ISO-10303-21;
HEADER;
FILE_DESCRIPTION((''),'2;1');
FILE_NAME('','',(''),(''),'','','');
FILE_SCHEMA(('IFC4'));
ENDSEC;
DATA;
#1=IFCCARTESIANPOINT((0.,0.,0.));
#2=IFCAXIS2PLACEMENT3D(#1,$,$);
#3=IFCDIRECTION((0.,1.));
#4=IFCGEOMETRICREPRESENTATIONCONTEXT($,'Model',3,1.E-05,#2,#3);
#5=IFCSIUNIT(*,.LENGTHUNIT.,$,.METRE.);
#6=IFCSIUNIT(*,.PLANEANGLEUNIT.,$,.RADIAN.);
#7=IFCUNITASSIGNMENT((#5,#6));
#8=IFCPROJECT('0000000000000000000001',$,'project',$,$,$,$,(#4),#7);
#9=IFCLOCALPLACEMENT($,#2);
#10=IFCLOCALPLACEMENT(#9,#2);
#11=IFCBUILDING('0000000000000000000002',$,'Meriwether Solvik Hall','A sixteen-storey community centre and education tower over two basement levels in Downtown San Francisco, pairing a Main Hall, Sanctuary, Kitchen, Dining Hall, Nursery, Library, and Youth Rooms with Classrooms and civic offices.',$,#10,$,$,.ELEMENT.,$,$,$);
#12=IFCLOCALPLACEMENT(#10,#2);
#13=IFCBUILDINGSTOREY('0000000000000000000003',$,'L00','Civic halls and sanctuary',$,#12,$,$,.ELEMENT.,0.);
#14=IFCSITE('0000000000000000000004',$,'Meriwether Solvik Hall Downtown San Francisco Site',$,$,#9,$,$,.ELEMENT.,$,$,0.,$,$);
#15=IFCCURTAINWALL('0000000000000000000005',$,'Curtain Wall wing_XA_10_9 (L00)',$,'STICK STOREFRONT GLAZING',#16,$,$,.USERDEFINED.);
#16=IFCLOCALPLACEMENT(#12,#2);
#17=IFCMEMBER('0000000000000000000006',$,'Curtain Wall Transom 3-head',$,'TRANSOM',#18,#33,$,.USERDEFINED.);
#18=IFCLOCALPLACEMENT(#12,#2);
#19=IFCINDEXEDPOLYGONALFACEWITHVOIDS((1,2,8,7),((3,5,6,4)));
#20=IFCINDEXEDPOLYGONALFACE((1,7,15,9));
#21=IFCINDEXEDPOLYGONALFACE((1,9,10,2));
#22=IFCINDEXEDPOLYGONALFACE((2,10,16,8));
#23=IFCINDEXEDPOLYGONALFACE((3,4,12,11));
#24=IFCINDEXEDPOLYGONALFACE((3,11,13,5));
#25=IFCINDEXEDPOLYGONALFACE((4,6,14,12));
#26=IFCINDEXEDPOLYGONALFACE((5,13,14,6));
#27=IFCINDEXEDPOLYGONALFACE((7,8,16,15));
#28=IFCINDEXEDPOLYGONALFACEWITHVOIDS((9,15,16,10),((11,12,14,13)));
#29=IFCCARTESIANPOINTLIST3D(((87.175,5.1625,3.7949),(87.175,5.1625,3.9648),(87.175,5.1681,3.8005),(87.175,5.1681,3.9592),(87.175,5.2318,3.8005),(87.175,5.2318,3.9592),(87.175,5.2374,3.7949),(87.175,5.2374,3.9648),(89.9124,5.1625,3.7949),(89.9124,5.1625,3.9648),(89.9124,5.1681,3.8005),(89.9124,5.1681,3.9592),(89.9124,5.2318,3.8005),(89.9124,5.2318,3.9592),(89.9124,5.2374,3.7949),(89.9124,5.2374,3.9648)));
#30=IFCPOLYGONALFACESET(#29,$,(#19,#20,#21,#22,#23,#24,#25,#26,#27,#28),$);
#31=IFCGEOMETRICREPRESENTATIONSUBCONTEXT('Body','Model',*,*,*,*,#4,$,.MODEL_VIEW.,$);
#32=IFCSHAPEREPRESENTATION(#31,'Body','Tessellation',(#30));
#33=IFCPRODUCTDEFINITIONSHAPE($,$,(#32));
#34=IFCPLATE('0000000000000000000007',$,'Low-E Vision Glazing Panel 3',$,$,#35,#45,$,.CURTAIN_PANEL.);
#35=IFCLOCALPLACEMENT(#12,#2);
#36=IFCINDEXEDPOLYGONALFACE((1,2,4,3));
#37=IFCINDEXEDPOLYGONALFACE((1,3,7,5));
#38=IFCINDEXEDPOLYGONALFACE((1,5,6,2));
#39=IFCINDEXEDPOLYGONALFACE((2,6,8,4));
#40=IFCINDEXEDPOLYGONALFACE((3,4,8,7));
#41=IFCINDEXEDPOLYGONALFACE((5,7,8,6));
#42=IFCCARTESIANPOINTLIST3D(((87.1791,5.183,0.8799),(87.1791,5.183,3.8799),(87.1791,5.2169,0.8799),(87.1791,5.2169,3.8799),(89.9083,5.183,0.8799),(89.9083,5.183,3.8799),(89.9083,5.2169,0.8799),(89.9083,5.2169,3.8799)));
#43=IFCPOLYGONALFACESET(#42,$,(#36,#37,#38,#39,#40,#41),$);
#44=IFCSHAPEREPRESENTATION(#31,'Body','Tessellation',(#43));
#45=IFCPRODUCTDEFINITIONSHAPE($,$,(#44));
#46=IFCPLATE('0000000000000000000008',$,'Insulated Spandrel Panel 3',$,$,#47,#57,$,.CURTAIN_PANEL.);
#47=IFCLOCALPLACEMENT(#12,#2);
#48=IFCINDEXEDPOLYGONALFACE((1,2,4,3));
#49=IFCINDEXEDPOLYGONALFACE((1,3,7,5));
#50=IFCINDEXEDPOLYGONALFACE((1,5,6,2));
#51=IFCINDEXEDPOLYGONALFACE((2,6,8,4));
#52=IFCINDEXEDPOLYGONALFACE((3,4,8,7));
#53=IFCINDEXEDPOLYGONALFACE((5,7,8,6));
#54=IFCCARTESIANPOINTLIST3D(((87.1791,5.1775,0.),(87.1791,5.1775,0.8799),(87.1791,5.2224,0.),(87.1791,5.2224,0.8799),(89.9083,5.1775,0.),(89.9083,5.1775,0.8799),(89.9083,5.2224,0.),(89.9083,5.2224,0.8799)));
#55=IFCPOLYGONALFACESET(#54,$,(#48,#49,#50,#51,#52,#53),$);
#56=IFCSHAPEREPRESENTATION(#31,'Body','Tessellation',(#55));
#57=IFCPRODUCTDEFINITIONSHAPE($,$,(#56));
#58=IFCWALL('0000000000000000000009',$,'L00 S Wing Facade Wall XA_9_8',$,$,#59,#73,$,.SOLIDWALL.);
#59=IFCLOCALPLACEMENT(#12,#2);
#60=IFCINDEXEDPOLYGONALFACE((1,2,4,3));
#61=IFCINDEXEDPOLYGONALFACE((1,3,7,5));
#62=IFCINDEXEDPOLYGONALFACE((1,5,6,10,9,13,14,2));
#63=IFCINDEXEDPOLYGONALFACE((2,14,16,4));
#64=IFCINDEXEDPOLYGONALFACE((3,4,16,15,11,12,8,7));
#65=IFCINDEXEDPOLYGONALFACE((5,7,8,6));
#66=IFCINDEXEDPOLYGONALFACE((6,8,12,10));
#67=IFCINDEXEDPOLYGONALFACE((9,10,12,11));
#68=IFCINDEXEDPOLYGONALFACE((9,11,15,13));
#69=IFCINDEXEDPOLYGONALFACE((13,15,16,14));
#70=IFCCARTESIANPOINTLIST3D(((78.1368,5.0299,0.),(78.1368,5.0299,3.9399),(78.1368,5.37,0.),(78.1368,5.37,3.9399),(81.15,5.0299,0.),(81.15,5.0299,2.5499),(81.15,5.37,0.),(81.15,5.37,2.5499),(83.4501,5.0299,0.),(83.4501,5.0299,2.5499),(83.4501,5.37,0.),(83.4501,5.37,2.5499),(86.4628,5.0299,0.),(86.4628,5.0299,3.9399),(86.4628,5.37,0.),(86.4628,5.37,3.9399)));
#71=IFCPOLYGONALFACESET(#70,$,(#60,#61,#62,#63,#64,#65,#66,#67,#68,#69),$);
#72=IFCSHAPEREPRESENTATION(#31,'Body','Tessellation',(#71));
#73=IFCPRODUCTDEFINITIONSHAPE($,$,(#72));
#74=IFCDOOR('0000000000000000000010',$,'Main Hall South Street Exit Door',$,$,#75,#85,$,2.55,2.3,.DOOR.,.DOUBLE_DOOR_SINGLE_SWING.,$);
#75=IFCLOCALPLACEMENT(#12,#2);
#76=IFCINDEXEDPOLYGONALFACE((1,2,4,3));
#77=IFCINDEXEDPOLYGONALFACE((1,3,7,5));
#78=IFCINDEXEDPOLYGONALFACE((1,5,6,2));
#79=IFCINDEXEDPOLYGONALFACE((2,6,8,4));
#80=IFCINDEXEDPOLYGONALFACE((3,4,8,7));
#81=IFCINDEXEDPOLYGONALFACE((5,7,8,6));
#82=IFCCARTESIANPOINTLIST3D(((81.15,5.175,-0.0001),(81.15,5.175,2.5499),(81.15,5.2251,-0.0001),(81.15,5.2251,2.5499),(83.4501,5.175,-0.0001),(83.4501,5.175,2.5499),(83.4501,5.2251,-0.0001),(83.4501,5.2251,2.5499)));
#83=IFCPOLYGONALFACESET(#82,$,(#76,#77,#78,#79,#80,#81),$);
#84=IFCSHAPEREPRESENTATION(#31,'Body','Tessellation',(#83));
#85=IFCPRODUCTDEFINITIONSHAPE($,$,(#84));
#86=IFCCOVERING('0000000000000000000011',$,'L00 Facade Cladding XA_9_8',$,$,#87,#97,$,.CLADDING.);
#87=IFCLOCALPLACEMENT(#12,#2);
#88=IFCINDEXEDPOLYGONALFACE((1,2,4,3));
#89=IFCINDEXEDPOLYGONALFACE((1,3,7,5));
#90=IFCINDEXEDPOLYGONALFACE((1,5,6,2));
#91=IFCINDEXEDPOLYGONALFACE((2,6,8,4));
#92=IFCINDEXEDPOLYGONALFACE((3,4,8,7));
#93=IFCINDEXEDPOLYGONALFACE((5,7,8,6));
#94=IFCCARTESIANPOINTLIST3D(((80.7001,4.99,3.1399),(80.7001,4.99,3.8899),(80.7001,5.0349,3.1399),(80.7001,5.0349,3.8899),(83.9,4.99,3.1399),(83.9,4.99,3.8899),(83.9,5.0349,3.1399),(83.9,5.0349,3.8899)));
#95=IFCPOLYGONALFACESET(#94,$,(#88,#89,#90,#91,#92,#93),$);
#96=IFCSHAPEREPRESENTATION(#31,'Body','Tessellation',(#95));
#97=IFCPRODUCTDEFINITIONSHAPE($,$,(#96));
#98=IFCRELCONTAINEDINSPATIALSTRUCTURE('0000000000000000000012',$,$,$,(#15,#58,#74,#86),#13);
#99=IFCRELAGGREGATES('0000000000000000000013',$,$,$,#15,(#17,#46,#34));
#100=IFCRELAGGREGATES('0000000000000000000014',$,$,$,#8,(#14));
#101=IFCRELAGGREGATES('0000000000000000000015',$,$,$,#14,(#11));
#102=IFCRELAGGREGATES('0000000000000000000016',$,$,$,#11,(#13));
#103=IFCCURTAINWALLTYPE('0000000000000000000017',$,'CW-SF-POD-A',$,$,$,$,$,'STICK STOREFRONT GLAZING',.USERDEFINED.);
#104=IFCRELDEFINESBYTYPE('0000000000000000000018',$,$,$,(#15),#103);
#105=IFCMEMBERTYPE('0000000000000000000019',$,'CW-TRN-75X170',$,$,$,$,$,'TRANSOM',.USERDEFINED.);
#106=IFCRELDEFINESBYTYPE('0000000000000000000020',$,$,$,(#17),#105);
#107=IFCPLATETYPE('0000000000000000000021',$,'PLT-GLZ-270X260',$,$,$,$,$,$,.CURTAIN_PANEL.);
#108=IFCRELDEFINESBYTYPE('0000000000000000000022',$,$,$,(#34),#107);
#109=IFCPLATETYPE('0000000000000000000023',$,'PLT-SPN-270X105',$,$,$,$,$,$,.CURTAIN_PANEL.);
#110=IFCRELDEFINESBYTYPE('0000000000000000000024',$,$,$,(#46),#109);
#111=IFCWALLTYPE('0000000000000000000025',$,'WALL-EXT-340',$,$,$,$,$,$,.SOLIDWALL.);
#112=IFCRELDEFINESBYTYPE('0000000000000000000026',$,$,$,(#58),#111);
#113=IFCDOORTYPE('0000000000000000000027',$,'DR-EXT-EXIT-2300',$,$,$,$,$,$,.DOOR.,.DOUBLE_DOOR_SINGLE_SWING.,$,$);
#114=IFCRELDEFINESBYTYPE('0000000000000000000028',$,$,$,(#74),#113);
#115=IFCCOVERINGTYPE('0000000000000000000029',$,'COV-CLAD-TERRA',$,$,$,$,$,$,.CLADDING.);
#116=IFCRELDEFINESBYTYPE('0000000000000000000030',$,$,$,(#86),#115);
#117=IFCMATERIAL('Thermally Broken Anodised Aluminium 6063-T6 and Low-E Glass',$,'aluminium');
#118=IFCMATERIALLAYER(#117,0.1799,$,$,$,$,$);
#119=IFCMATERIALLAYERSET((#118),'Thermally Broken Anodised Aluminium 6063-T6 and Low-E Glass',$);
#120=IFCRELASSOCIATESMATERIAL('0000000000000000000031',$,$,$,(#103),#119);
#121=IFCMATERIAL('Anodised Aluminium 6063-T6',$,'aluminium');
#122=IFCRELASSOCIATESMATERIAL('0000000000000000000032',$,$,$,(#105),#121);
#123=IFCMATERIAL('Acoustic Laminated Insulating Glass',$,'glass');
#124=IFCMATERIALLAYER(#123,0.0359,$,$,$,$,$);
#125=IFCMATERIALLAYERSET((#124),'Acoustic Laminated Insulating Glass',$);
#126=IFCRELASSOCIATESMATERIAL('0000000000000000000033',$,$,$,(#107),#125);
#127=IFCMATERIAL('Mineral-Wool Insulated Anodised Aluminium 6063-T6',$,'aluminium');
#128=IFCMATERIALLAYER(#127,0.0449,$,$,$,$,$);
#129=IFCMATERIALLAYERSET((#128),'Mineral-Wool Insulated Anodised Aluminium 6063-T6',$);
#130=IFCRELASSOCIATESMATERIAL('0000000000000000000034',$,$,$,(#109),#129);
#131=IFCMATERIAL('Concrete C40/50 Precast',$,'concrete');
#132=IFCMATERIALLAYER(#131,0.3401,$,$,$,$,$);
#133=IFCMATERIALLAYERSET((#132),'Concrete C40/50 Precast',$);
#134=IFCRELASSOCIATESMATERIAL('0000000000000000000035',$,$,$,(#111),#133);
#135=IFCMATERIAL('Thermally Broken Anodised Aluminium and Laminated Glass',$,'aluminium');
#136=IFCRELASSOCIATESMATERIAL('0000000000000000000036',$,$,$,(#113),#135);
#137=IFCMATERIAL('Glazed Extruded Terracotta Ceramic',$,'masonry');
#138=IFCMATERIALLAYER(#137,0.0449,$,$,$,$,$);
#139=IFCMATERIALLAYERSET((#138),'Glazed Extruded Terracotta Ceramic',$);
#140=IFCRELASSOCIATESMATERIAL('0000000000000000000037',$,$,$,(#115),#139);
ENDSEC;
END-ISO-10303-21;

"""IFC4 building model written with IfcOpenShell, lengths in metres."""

from ifc_helpers import new_model, si_unit, direction, frame, frame_2d, origin, origin_2d, place, context, subcontext, project, spatial, rectangle, hollow_rectangle, extrude, material, layer, layer_set, material_profile, profile_set, type_object, element, fill, aggregate, save


model = new_model("IFC4")

# Units and contexts
model_context = context("Model", 3, precision=1e-05, world=origin(), true_north=direction((0.0, 1.0)))
body_context = subcontext(model_context, "Body", "Model", "MODEL_VIEW")
ifc_project = project(units=[si_unit("LENGTHUNIT", "METRE"), si_unit("PLANEANGLEUNIT", "RADIAN")], contexts=[model_context])

# Site, building, storey
site_placement = place(None, origin())
site = spatial("IfcSite", under=ifc_project, at=site_placement, Name="Meriwether Solvik Hall Downtown San Francisco Site", CompositionType="ELEMENT", RefElevation=0.0)
building_placement = place(site_placement, origin())
building = spatial("IfcBuilding", under=site, at=building_placement, Name="Meriwether Solvik Hall", Description="A sixteen-storey community centre and education tower over two basement levels in Downtown San Francisco, pairing a Main Hall, Sanctuary, Kitchen, Dining Hall, Nursery, Library, and Youth Rooms with Classrooms and civic offices.", CompositionType="ELEMENT")
storey_placement = place(building_placement, origin())
storey = spatial("IfcBuildingStorey", under=building, at=storey_placement, Name="L00", Description="Civic halls and sanctuary", CompositionType="ELEMENT", Elevation=0.0)

# Curtain wall, member, plates
ifc_material_1 = material(Name="Thermally Broken Anodised Aluminium 6063-T6 and Low-E Glass", Category="aluminium")
ifc_layer_1 = layer(ifc_material_1, 0.1799)
ifc_layer_set_1 = layer_set([ifc_layer_1], Name="Thermally Broken Anodised Aluminium 6063-T6 and Low-E Glass")
curtain_wall_type = type_object("IfcCurtainWallType", Name="CW-SF-POD-A", ElementType="STICK STOREFRONT GLAZING", PredefinedType="USERDEFINED", material=ifc_layer_set_1)
curtain_wall_placement = place(storey_placement, origin())
curtain_wall = element("IfcCurtainWall", 1, at=curtain_wall_placement, inside=storey, type_object=curtain_wall_type, Name="Curtain Wall wing_XA_10_9 (L00)", ObjectType="STICK STOREFRONT GLAZING", PredefinedType="USERDEFINED")
ifc_material_2 = material(Name="Anodised Aluminium 6063-T6", Category="aluminium")
ifc_material_profile_1 = material_profile(ifc_material_2, hollow_rectangle(XDim=0.075, YDim=0.1699, WallThickness=0.0056, at=origin_2d()), Name="CWT-75X170")
ifc_profile_set_1 = profile_set([ifc_material_profile_1], Name="Anodised Aluminium 6063-T6")
member_type_1 = type_object("IfcMemberType", Name="CW-TRN-75X170", ElementType="TRANSOM", PredefinedType="USERDEFINED", material=ifc_profile_set_1)
member_1_placement = place(storey_placement, frame((89.9124, 5.2, 3.8799), z_axis=(-1.0, 0.0, 0.0), x_axis=(0.0, -1.0, 0.0)))
member_1 = element("IfcMember", 2, at=member_1_placement, type_object=member_type_1, Name="Curtain Wall Transom 3-head", ObjectType="TRANSOM", PredefinedType="USERDEFINED", context=body_context, shape_type="SweptSolid", body=[
    extrude(hollow_rectangle(XDim=0.075, YDim=0.1699, WallThickness=0.0056, at=origin_2d()), origin(), (0.0, 0.0, 1.0), 2.7373),
])
ifc_material_3 = material(Name="Acoustic Laminated Insulating Glass", Category="glass")
ifc_layer_2 = layer(ifc_material_3, 0.0359)
ifc_layer_set_2 = layer_set([ifc_layer_2], Name="Acoustic Laminated Insulating Glass")
plate_type_1 = type_object("IfcPlateType", Name="PLT-GLZ-270X260", PredefinedType="CURTAIN_PANEL", material=ifc_layer_set_2)
plate_1_placement = place(storey_placement, frame((88.5437, 5.2, 0.8799), z_axis=(0.0, 0.0, 1.0), x_axis=(-1.0, 0.0, 0.0)))
plate_1 = element("IfcPlate", 3, at=plate_1_placement, type_object=plate_type_1, Name="Low-E Vision Glazing Panel 3", PredefinedType="CURTAIN_PANEL", context=body_context, shape_type="SweptSolid", body=[
    extrude(rectangle(XDim=2.7292, YDim=0.0339, at=origin_2d()), origin(), (0.0, 0.0, 1.0), 3.0),
])
ifc_material_4 = material(Name="Mineral-Wool Insulated Anodised Aluminium 6063-T6", Category="aluminium")
ifc_layer_3 = layer(ifc_material_4, 0.0449)
ifc_layer_set_3 = layer_set([ifc_layer_3], Name="Mineral-Wool Insulated Anodised Aluminium 6063-T6")
plate_type_2 = type_object("IfcPlateType", Name="PLT-SPN-270X105", PredefinedType="CURTAIN_PANEL", material=ifc_layer_set_3)
plate_2_placement = place(storey_placement, frame((88.5437, 5.2, 0.0), z_axis=(0.0, 0.0, 1.0), x_axis=(-1.0, 0.0, 0.0)))
plate_2 = element("IfcPlate", 4, at=plate_2_placement, type_object=plate_type_2, Name="Insulated Spandrel Panel 3", PredefinedType="CURTAIN_PANEL", context=body_context, shape_type="SweptSolid", body=[
    extrude(rectangle(XDim=2.7292, YDim=0.0449, at=origin_2d()), origin(), (0.0, 0.0, 1.0), 0.8799),
])
aggregate(curtain_wall, [member_1, plate_2, plate_1])

# Wall, opening, door
ifc_material_5 = material(Name="Concrete C40/50 Precast", Category="concrete")
ifc_layer_4 = layer(ifc_material_5, 0.3401)
ifc_layer_set_4 = layer_set([ifc_layer_4], Name="Concrete C40/50 Precast")
wall_type = type_object("IfcWallType", Name="WALL-EXT-340", PredefinedType="SOLIDWALL", material=ifc_layer_set_4)
wall_placement = place(storey_placement, frame((86.4629, 5.2, 0.0), z_axis=(0.0, 0.0, 1.0), x_axis=(-1.0, 0.0, 0.0)))
wall = element("IfcWall", 5, at=wall_placement, inside=storey, type_object=wall_type, Name="L00 S Wing Facade Wall XA_9_8", PredefinedType="SOLIDWALL", context=body_context, shape_type="SweptSolid", body=[
    extrude(rectangle(XDim=8.3259, YDim=0.3401, at=frame_2d((4.1631, 0.0))), origin(), (0.0, 0.0, 1.0), 3.9399),
])
opening_placement = place(wall_placement, frame((3.0129, 0.0, 0.0)))
opening = element("IfcOpeningElement", 6, at=opening_placement, cuts=wall, PredefinedType="OPENING", context=body_context, shape_type="SweptSolid", body=[
    extrude(rectangle(XDim=2.3, YDim=2.55, at=frame_2d((1.1499, 1.2749))), frame((0.0, 0.1821, 0.0), z_axis=(0.0, -1.0, 0.0), x_axis=(1.0, 0.0, 0.0)), (0.0, 0.0, 1.0), 0.364),
])
ifc_material_6 = material(Name="Thermally Broken Anodised Aluminium and Laminated Glass", Category="aluminium")
door_type = type_object("IfcDoorType", Name="DR-EXT-EXIT-2300", OperationType="DOUBLE_DOOR_SINGLE_SWING", PredefinedType="DOOR", material=ifc_material_6)
door_placement = place(opening_placement, origin())
door = element("IfcDoor", 7, at=door_placement, inside=storey, type_object=door_type, Name="Main Hall South Street Exit Door", OperationType="DOUBLE_DOOR_SINGLE_SWING", OverallHeight=2.55, OverallWidth=2.3, PredefinedType="DOOR", context=body_context, shape_type="SweptSolid", body=[
    extrude(rectangle(XDim=2.3, YDim=2.55, at=frame_2d((1.1499, 1.2749))), frame((0.0, 0.0249, 0.0), z_axis=(0.0, -1.0, 0.0), x_axis=(1.0, 0.0, 0.0)), (0.0, 0.0, 1.0), 0.05),
])
fill(opening, door)

# Covering
ifc_material_7 = material(Name="Glazed Extruded Terracotta Ceramic", Category="masonry")
ifc_layer_5 = layer(ifc_material_7, 0.0449)
ifc_layer_set_5 = layer_set([ifc_layer_5], Name="Glazed Extruded Terracotta Ceramic")
covering_type = type_object("IfcCoveringType", Name="COV-CLAD-TERRA", PredefinedType="CLADDING", material=ifc_layer_set_5)
covering_placement = place(storey_placement, frame((82.3, 5.0125, 3.1399), z_axis=(0.0, 0.0, 1.0), x_axis=(-1.0, 0.0, 0.0)))
element("IfcCovering", 8, at=covering_placement, inside=storey, type_object=covering_type, Name="L00 Facade Cladding XA_9_8", PredefinedType="CLADDING", context=body_context, shape_type="SweptSolid", body=[
    extrude(rectangle(XDim=3.2, YDim=0.0449, at=origin_2d()), origin(), (0.0, 0.0, 1.0), 0.75),
])

save(model, "model.ifc")
